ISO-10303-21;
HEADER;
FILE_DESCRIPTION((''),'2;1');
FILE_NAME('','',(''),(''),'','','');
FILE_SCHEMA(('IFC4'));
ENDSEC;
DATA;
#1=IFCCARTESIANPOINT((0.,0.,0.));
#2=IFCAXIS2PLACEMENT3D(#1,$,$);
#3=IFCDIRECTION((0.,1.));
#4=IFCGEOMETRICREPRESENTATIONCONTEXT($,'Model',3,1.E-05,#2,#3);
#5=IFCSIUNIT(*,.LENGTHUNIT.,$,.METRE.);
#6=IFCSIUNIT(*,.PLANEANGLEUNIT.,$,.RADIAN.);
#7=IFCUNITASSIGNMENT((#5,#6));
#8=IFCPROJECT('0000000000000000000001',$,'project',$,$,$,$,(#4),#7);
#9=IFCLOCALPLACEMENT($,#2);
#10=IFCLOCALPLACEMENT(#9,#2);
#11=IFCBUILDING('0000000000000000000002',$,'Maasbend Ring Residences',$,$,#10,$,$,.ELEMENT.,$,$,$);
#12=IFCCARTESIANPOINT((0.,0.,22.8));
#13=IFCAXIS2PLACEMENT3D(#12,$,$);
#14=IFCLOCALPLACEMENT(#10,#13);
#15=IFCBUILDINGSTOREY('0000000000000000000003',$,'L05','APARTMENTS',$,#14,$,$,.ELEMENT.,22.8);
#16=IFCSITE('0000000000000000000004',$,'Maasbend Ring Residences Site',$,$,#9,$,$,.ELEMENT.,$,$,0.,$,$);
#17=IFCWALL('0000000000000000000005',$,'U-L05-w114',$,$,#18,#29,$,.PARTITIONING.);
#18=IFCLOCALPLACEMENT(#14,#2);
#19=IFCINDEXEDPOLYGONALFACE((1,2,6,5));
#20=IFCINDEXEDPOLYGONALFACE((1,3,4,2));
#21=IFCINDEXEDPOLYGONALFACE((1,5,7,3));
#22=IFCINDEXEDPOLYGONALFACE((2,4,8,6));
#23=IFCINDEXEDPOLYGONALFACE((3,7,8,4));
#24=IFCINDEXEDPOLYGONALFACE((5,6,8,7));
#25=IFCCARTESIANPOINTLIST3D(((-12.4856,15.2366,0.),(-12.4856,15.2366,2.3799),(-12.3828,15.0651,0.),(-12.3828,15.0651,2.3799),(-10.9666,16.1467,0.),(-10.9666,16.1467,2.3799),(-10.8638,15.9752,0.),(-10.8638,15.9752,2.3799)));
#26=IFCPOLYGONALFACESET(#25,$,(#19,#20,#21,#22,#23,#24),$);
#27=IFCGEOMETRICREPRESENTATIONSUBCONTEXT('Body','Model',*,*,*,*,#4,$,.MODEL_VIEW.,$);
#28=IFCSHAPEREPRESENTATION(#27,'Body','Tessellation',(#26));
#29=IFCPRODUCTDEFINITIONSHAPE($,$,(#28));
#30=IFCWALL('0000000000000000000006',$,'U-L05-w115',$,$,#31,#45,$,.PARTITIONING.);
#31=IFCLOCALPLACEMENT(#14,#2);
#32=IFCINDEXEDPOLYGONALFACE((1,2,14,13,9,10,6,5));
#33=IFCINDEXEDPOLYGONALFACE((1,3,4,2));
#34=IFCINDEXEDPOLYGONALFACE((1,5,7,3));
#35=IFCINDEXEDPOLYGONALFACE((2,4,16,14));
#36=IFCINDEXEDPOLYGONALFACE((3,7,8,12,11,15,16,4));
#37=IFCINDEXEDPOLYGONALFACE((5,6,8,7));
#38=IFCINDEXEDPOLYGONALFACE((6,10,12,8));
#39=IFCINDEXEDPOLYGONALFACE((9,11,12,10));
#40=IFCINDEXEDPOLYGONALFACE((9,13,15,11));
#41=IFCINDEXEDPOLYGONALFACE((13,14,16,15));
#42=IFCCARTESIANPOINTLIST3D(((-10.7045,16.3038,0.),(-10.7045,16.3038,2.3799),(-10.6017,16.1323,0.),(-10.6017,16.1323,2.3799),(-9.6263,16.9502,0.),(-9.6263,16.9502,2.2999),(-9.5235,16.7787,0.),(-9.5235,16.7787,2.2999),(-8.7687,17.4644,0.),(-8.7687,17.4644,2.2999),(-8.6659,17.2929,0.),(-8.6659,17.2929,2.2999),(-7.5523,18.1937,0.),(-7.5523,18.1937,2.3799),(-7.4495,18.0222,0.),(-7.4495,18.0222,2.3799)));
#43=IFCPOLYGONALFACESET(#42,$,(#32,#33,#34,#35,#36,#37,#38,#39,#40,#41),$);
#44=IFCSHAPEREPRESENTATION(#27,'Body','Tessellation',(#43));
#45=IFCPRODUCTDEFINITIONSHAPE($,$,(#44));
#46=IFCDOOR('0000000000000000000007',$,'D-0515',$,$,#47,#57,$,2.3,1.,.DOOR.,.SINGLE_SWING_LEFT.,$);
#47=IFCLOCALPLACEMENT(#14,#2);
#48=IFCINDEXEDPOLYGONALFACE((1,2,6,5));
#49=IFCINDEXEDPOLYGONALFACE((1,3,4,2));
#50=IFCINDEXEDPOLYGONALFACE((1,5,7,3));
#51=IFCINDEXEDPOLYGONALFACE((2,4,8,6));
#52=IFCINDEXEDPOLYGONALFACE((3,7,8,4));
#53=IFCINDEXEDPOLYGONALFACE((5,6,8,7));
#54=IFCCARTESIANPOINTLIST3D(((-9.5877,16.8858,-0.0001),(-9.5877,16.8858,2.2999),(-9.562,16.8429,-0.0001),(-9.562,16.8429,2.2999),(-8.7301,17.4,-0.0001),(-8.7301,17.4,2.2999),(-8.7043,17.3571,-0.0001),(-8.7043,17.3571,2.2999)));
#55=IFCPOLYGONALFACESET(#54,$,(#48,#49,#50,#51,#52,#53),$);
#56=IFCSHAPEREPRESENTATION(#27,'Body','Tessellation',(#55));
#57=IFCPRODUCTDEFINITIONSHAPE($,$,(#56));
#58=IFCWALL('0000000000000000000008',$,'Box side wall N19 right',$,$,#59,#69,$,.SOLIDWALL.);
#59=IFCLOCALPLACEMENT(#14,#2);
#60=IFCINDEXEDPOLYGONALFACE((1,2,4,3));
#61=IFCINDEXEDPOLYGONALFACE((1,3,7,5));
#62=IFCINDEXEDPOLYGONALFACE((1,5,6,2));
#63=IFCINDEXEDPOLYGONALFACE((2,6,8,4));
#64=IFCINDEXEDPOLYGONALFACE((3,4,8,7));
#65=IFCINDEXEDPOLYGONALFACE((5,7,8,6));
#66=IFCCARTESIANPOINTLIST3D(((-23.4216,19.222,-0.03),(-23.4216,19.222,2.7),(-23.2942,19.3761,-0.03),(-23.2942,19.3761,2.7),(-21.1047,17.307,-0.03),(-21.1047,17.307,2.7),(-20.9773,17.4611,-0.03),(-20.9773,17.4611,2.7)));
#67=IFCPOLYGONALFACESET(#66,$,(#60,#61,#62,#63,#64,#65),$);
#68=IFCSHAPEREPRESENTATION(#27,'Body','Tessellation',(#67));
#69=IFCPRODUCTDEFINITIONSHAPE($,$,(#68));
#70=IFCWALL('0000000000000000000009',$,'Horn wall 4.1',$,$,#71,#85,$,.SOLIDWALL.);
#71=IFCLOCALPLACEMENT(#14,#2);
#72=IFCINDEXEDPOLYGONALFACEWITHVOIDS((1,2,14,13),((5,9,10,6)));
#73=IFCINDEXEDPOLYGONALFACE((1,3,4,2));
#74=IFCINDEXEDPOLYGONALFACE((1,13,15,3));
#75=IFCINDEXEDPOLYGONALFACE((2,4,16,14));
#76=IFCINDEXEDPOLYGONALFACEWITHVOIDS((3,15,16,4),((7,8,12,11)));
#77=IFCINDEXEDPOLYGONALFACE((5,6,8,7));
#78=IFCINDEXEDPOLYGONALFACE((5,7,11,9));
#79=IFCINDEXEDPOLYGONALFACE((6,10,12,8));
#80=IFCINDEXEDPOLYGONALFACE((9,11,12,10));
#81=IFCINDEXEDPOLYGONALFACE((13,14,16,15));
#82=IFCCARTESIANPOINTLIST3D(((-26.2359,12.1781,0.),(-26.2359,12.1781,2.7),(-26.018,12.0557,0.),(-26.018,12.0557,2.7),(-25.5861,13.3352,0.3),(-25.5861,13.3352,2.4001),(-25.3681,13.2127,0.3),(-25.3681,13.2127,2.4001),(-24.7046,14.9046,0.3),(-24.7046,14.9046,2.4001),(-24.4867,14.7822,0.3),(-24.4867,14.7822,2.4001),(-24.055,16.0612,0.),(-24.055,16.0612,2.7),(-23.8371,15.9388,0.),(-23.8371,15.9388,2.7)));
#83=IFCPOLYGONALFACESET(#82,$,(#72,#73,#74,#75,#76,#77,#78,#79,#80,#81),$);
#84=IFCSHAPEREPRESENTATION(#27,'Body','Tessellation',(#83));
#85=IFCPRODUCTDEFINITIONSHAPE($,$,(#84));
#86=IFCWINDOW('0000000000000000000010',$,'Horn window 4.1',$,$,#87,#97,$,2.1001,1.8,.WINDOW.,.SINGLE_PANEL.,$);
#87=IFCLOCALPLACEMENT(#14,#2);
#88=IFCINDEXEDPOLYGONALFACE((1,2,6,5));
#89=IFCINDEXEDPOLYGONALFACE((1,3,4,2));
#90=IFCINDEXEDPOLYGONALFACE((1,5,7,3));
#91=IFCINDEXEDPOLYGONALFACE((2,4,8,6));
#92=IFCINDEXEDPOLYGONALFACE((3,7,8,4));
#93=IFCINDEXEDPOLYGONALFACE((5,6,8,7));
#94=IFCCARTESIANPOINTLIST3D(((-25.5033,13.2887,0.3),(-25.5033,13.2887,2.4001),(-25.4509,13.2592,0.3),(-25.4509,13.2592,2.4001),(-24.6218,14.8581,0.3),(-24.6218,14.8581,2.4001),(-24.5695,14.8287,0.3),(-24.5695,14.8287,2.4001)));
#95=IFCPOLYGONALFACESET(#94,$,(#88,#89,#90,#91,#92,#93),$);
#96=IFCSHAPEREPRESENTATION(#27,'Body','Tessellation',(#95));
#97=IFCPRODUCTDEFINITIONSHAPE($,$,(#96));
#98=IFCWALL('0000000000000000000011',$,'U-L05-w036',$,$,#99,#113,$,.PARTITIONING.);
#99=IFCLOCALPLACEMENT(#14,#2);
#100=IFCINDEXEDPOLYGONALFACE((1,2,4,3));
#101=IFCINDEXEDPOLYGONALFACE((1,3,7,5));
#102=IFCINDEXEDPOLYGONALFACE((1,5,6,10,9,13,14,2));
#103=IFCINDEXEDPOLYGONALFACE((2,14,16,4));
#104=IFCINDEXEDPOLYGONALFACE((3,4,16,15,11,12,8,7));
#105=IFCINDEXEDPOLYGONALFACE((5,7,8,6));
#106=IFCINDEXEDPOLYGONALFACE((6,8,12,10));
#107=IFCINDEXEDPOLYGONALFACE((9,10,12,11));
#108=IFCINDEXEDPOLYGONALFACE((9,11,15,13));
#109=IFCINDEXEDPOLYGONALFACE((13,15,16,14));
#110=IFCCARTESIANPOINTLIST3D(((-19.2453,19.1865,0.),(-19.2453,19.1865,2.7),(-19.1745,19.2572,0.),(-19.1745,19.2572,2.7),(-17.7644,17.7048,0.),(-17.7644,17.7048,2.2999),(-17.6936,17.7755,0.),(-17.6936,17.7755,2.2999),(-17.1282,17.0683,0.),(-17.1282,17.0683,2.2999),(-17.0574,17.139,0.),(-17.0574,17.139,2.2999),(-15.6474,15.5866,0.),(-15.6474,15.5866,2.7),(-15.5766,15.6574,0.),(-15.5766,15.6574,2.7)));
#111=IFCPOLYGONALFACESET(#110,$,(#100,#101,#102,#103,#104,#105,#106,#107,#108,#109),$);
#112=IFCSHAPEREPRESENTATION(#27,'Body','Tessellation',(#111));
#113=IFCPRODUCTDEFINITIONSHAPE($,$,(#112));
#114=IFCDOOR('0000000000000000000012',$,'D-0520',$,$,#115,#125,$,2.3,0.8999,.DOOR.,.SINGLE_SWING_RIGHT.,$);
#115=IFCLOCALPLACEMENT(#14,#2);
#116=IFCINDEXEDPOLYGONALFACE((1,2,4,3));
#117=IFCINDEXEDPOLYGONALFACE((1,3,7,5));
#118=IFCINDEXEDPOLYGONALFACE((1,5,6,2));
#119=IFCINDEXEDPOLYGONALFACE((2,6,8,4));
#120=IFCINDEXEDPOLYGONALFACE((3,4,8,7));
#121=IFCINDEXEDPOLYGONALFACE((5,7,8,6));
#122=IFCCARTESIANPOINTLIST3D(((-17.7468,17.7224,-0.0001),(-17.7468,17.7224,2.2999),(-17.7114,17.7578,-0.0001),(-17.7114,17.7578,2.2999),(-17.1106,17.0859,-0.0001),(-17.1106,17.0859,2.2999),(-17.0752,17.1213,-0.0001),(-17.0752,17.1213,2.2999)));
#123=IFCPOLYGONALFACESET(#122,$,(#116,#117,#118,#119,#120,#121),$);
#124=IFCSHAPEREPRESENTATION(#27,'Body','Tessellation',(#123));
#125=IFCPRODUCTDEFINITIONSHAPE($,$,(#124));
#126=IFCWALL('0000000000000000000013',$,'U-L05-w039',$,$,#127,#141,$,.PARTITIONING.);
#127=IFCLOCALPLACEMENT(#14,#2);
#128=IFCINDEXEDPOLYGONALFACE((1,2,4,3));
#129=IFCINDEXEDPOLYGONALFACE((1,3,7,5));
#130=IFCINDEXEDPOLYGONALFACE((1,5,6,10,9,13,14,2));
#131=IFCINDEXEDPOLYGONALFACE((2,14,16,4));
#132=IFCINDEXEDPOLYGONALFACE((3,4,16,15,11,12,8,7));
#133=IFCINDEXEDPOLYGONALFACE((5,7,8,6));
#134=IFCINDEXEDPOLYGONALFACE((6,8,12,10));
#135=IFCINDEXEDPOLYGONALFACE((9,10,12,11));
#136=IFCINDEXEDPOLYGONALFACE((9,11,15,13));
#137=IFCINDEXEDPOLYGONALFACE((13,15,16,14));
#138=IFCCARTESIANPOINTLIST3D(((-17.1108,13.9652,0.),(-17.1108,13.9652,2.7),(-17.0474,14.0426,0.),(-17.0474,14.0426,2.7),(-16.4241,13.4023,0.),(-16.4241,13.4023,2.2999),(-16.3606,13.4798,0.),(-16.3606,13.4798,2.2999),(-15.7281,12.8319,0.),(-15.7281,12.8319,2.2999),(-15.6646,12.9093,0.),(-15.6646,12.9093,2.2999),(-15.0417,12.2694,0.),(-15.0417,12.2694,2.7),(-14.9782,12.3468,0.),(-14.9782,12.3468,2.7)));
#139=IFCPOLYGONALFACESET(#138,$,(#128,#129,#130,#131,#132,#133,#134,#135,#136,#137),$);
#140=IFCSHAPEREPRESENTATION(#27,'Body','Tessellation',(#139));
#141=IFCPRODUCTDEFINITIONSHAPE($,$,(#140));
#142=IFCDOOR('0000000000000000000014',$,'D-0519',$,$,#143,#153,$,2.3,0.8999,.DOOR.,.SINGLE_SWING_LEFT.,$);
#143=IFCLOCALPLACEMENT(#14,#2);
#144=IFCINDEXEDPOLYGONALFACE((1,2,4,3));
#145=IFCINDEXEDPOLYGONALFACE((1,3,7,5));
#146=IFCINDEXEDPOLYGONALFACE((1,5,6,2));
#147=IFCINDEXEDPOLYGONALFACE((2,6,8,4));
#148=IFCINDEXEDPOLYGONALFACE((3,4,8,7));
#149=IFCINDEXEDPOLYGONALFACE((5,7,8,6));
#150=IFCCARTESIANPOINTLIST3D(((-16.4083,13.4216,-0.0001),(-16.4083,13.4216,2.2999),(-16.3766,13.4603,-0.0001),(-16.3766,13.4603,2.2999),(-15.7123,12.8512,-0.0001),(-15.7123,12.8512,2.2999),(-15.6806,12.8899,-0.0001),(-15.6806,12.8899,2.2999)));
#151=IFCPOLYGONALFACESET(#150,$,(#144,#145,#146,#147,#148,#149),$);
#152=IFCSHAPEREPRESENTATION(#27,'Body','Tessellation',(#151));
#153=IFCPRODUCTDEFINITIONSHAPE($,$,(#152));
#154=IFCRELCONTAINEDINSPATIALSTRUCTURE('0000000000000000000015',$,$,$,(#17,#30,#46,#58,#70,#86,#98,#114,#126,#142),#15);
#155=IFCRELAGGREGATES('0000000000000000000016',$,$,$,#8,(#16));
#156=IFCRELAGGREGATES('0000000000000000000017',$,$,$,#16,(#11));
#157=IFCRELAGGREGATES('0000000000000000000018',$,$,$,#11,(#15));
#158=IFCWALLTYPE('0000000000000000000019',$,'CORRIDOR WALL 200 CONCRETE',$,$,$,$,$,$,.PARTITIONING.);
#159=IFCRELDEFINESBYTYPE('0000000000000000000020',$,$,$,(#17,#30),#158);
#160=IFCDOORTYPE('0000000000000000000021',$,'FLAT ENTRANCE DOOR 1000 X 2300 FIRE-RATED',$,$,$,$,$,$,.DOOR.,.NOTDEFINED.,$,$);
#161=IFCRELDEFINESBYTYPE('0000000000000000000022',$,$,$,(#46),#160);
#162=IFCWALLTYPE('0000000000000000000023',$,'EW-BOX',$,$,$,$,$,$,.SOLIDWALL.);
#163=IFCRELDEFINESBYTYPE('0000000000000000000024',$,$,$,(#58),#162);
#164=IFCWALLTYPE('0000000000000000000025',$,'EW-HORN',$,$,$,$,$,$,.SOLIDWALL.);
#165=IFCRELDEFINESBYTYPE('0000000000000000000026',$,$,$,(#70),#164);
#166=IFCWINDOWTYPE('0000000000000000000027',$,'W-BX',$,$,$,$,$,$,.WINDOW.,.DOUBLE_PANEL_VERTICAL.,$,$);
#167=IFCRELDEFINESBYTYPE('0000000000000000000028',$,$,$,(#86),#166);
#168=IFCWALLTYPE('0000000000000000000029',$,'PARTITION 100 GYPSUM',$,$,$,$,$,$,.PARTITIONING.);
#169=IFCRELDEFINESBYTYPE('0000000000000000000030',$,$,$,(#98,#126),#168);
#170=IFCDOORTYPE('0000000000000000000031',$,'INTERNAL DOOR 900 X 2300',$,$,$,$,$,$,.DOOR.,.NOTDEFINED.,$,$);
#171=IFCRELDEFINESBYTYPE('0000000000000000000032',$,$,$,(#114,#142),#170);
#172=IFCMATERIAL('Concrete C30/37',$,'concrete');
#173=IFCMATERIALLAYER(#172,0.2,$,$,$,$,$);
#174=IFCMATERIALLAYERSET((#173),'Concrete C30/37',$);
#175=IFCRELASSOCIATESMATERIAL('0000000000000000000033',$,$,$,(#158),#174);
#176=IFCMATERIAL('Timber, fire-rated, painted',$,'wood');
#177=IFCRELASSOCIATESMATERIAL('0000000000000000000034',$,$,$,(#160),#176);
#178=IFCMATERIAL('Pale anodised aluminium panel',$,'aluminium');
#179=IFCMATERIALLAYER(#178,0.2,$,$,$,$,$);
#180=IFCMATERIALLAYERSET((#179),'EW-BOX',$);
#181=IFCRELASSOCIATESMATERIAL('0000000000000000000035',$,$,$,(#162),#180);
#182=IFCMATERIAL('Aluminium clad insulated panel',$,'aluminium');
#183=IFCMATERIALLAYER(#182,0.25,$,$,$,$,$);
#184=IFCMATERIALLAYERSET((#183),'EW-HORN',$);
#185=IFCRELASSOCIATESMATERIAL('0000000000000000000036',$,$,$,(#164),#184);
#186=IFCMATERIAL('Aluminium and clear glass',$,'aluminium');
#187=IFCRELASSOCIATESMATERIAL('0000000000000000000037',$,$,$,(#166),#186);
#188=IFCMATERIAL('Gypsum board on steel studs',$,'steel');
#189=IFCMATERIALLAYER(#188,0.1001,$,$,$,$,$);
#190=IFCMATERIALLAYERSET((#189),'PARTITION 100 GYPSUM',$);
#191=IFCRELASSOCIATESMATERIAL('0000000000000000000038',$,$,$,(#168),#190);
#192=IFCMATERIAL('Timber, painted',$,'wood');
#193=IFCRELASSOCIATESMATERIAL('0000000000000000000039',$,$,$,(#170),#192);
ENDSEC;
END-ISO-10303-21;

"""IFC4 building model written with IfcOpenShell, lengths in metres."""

from ifc_helpers import new_model, si_unit, direction, frame, frame_2d, origin, place, context, subcontext, project, spatial, rectangle, extrude, material, layer, layer_set, type_object, element, fill, save


model = new_model("IFC4")

# Units and contexts
model_context = context("Model", 3, precision=1e-05, world=origin(), true_north=direction((0.0, 1.0)))
body_context = subcontext(model_context, "Body", "Model", "MODEL_VIEW")
ifc_project = project(units=[si_unit("LENGTHUNIT", "METRE"), si_unit("PLANEANGLEUNIT", "RADIAN")], contexts=[model_context])

# Site, building, storey
site_placement = place(None, origin())
site = spatial("IfcSite", under=ifc_project, at=site_placement, Name="Maasbend Ring Residences Site", CompositionType="ELEMENT", RefElevation=0.0)
building_placement = place(site_placement, origin())
building = spatial("IfcBuilding", under=site, at=building_placement, Name="Maasbend Ring Residences", CompositionType="ELEMENT")
storey_placement = place(building_placement, frame((0.0, 0.0, 22.8)))
storey = spatial("IfcBuildingStorey", under=building, at=storey_placement, Name="L05", Description="APARTMENTS", CompositionType="ELEMENT", Elevation=22.8)

# Wall
ifc_material_1 = material(Name="Concrete C30/37", Category="concrete")
ifc_layer_1 = layer(ifc_material_1, 0.2)
ifc_layer_set_1 = layer_set([ifc_layer_1], Name="Concrete C30/37")
wall_type_1 = type_object("IfcWallType", Name="CORRIDOR WALL 200 CONCRETE", PredefinedType="PARTITIONING", material=ifc_layer_set_1)
wall_1_placement = place(storey_placement, frame((-12.4341, 15.1509, 0.0), z_axis=(0.0, 0.0, 1.0), x_axis=(0.857809, 0.513969, 0.0)))
element("IfcWall", 1, at=wall_1_placement, inside=storey, type_object=wall_type_1, Name="U-L05-w114", PredefinedType="PARTITIONING", context=body_context, shape_type="SweptSolid", body=[
    extrude(rectangle(XDim=1.7708, YDim=0.2, at=frame_2d((0.8853, 0.0))), origin(), (0.0, 0.0, 1.0), 2.3799),
])

# Wall, opening, door
wall_2_placement = place(storey_placement, frame((-10.6531, 16.218, 0.0), z_axis=(0.0, 0.0, 1.0), x_axis=(0.857657, 0.514222, 0.0)))
wall_2 = element("IfcWall", 2, at=wall_2_placement, inside=storey, type_object=wall_type_1, Name="U-L05-w115", PredefinedType="PARTITIONING", context=body_context, shape_type="SweptSolid", body=[
    extrude(rectangle(XDim=3.6753, YDim=0.2, at=frame_2d((1.8376, 0.0))), origin(), (0.0, 0.0, 1.0), 2.3799),
])
opening_1_placement = place(wall_2_placement, frame((1.2571, 0.0, 0.0)))
opening_1 = element("IfcOpeningElement", 3, at=opening_1_placement, cuts=wall_2, PredefinedType="OPENING", context=body_context, shape_type="SweptSolid", body=[
    extrude(rectangle(XDim=1.0, YDim=2.3, at=frame_2d((0.5, 1.1499))), frame((0.0, 0.1099, 0.0), z_axis=(0.0, -1.0, 0.0), x_axis=(1.0, 0.0, 0.0)), (0.0, 0.0, 1.0), 0.22),
])
ifc_material_2 = material(Name="Timber, fire-rated, painted", Category="wood")
door_type_1 = type_object("IfcDoorType", Name="FLAT ENTRANCE DOOR 1000 X 2300 FIRE-RATED", OperationType="NOTDEFINED", PredefinedType="DOOR", material=ifc_material_2)
door_1_placement = place(opening_1_placement, origin())
door_1 = element("IfcDoor", 4, at=door_1_placement, inside=storey, type_object=door_type_1, Name="D-0515", OperationType="SINGLE_SWING_LEFT", OverallHeight=2.3, OverallWidth=1.0, PredefinedType="DOOR", context=body_context, shape_type="SweptSolid", body=[
    extrude(rectangle(XDim=1.0, YDim=2.3, at=frame_2d((0.5, 1.1499))), frame((0.0, 0.0249, 0.0), z_axis=(0.0, -1.0, 0.0), x_axis=(1.0, 0.0, 0.0)), (0.0, 0.0, 1.0), 0.05),
])
fill(opening_1, door_1)

# Wall
ifc_material_3 = material(Name="Pale anodised aluminium panel", Category="aluminium")
ifc_layer_2 = layer(ifc_material_3, 0.2)
ifc_layer_set_2 = layer_set([ifc_layer_2], Name="EW-BOX")
wall_type_2 = type_object("IfcWallType", Name="EW-BOX", PredefinedType="SOLIDWALL", material=ifc_layer_set_2)
wall_3_placement = place(storey_placement, frame((-21.041, 17.384, -0.03), z_axis=(0.0, 0.0, 1.0), x_axis=(-0.770785, 0.637096, 0.0)))
element("IfcWall", 5, at=wall_3_placement, inside=storey, type_object=wall_type_2, Name="Box side wall N19 right", PredefinedType="SOLIDWALL", context=body_context, shape_type="SweptSolid", body=[
    extrude(rectangle(XDim=3.0059, YDim=0.2, at=frame_2d((1.5029, 0.0))), origin(), (0.0, 0.0, 1.0), 2.73),
])

# Wall, opening, window
ifc_material_4 = material(Name="Aluminium clad insulated panel", Category="aluminium")
ifc_layer_3 = layer(ifc_material_4, 0.25)
ifc_layer_set_3 = layer_set([ifc_layer_3], Name="EW-HORN")
wall_type_3 = type_object("IfcWallType", Name="EW-HORN", PredefinedType="SOLIDWALL", material=ifc_layer_set_3)
wall_4_placement = place(storey_placement, frame((-23.946, 16.0, 0.0), z_axis=(0.0, 0.0, 1.0), x_axis=(-0.489696, -0.871893, 0.0)))
wall_4 = element("IfcWall", 6, at=wall_4_placement, inside=storey, type_object=wall_type_3, Name="Horn wall 4.1", PredefinedType="SOLIDWALL", context=body_context, shape_type="SweptSolid", body=[
    extrude(rectangle(XDim=4.4536, YDim=0.25, at=frame_2d((2.2268, 0.0))), origin(), (0.0, 0.0, 1.0), 2.7),
])
opening_2_placement = place(wall_4_placement, frame((1.3267, 0.0, 0.3)))
opening_2 = element("IfcOpeningElement", 7, at=opening_2_placement, cuts=wall_4, PredefinedType="OPENING", context=body_context, shape_type="SweptSolid", body=[
    extrude(rectangle(XDim=1.8, YDim=2.1001, at=frame_2d((0.8999, 1.05))), frame((0.0, 0.135, 0.0), z_axis=(0.0, -1.0, 0.0), x_axis=(1.0, 0.0, 0.0)), (0.0, 0.0, 1.0), 0.27),
])
ifc_material_5 = material(Name="Aluminium and clear glass", Category="aluminium")
window_type = type_object("IfcWindowType", Name="W-BX", PartitioningType="DOUBLE_PANEL_VERTICAL", PredefinedType="WINDOW", material=ifc_material_5)
window_placement = place(opening_2_placement, origin())
window = element("IfcWindow", 8, at=window_placement, inside=storey, type_object=window_type, Name="Horn window 4.1", OverallHeight=2.1001, OverallWidth=1.8, PartitioningType="SINGLE_PANEL", PredefinedType="WINDOW", context=body_context, shape_type="SweptSolid", body=[
    extrude(rectangle(XDim=1.8, YDim=2.1001, at=frame_2d((0.8999, 1.05))), frame((0.0, 0.03, 0.0), z_axis=(0.0, -1.0, 0.0), x_axis=(1.0, 0.0, 0.0)), (0.0, 0.0, 1.0), 0.0601),
])
fill(opening_2, window)

# Walls, openings, doors
ifc_material_6 = material(Name="Gypsum board on steel studs", Category="steel")
ifc_layer_4 = layer(ifc_material_6, 0.1001)
ifc_layer_set_4 = layer_set([ifc_layer_4], Name="PARTITION 100 GYPSUM")
wall_type_4 = type_object("IfcWallType", Name="PARTITION 100 GYPSUM", PredefinedType="PARTITIONING", material=ifc_layer_set_4)
wall_5_placement = place(storey_placement, frame((-19.21, 19.2219, 0.0), z_axis=(0.0, 0.0, 1.0), x_axis=(0.706915, -0.707299, 0.0)))
wall_5 = element("IfcWall", 9, at=wall_5_placement, inside=storey, type_object=wall_type_4, Name="U-L05-w036", PredefinedType="PARTITIONING", context=body_context, shape_type="SweptSolid", body=[
    extrude(rectangle(XDim=5.0896, YDim=0.1001, at=frame_2d((2.5449, 0.0))), origin(), (0.0, 0.0, 1.0), 2.7),
])
opening_3_placement = place(wall_5_placement, frame((2.095, 0.0, 0.0)))
opening_3 = element("IfcOpeningElement", 10, at=opening_3_placement, cuts=wall_5, PredefinedType="OPENING", context=body_context, shape_type="SweptSolid", body=[
    extrude(rectangle(XDim=0.8999, YDim=2.3, at=frame_2d((0.45, 1.1499))), frame((0.0, 0.0601, 0.0), z_axis=(0.0, -1.0, 0.0), x_axis=(1.0, 0.0, 0.0)), (0.0, 0.0, 1.0), 0.1201),
])
ifc_material_7 = material(Name="Timber, painted", Category="wood")
door_type_2 = type_object("IfcDoorType", Name="INTERNAL DOOR 900 X 2300", OperationType="NOTDEFINED", PredefinedType="DOOR", material=ifc_material_7)
door_2_placement = place(opening_3_placement, origin())
door_2 = element("IfcDoor", 11, at=door_2_placement, inside=storey, type_object=door_type_2, Name="D-0520", OperationType="SINGLE_SWING_RIGHT", OverallHeight=2.3, OverallWidth=0.8999, PredefinedType="DOOR", context=body_context, shape_type="SweptSolid", body=[
    extrude(rectangle(XDim=0.8999, YDim=2.3, at=frame_2d((0.45, 1.1499))), frame((0.0, 0.0249, 0.0), z_axis=(0.0, -1.0, 0.0), x_axis=(1.0, 0.0, 0.0)), (0.0, 0.0, 1.0), 0.05),
])
fill(opening_3, door_2)
wall_6_placement = place(storey_placement, frame((-17.0791, 14.0039, 0.0), z_axis=(0.0, 0.0, 1.0), x_axis=(0.773424, -0.633889, 0.0)))
wall_6 = element("IfcWall", 12, at=wall_6_placement, inside=storey, type_object=wall_type_4, Name="U-L05-w039", PredefinedType="PARTITIONING", context=body_context, shape_type="SweptSolid", body=[
    extrude(rectangle(XDim=2.6753, YDim=0.1001, at=frame_2d((1.3376, 0.0))), origin(), (0.0, 0.0, 1.0), 2.7),
])
opening_4_placement = place(wall_6_placement, frame((0.8879, 0.0, 0.0)))
opening_4 = element("IfcOpeningElement", 13, at=opening_4_placement, cuts=wall_6, PredefinedType="OPENING", context=body_context, shape_type="SweptSolid", body=[
    extrude(rectangle(XDim=0.8999, YDim=2.3, at=frame_2d((0.45, 1.1499))), frame((0.0, 0.0601, 0.0), z_axis=(0.0, -1.0, 0.0), x_axis=(1.0, 0.0, 0.0)), (0.0, 0.0, 1.0), 0.1201),
])
door_3_placement = place(opening_4_placement, origin())
door_3 = element("IfcDoor", 14, at=door_3_placement, inside=storey, type_object=door_type_2, Name="D-0519", OperationType="SINGLE_SWING_LEFT", OverallHeight=2.3, OverallWidth=0.8999, PredefinedType="DOOR", context=body_context, shape_type="SweptSolid", body=[
    extrude(rectangle(XDim=0.8999, YDim=2.3, at=frame_2d((0.45, 1.1499))), frame((0.0, 0.0249, 0.0), z_axis=(0.0, -1.0, 0.0), x_axis=(1.0, 0.0, 0.0)), (0.0, 0.0, 1.0), 0.05),
])
fill(opening_4, door_3)

save(model, "model.ifc")
